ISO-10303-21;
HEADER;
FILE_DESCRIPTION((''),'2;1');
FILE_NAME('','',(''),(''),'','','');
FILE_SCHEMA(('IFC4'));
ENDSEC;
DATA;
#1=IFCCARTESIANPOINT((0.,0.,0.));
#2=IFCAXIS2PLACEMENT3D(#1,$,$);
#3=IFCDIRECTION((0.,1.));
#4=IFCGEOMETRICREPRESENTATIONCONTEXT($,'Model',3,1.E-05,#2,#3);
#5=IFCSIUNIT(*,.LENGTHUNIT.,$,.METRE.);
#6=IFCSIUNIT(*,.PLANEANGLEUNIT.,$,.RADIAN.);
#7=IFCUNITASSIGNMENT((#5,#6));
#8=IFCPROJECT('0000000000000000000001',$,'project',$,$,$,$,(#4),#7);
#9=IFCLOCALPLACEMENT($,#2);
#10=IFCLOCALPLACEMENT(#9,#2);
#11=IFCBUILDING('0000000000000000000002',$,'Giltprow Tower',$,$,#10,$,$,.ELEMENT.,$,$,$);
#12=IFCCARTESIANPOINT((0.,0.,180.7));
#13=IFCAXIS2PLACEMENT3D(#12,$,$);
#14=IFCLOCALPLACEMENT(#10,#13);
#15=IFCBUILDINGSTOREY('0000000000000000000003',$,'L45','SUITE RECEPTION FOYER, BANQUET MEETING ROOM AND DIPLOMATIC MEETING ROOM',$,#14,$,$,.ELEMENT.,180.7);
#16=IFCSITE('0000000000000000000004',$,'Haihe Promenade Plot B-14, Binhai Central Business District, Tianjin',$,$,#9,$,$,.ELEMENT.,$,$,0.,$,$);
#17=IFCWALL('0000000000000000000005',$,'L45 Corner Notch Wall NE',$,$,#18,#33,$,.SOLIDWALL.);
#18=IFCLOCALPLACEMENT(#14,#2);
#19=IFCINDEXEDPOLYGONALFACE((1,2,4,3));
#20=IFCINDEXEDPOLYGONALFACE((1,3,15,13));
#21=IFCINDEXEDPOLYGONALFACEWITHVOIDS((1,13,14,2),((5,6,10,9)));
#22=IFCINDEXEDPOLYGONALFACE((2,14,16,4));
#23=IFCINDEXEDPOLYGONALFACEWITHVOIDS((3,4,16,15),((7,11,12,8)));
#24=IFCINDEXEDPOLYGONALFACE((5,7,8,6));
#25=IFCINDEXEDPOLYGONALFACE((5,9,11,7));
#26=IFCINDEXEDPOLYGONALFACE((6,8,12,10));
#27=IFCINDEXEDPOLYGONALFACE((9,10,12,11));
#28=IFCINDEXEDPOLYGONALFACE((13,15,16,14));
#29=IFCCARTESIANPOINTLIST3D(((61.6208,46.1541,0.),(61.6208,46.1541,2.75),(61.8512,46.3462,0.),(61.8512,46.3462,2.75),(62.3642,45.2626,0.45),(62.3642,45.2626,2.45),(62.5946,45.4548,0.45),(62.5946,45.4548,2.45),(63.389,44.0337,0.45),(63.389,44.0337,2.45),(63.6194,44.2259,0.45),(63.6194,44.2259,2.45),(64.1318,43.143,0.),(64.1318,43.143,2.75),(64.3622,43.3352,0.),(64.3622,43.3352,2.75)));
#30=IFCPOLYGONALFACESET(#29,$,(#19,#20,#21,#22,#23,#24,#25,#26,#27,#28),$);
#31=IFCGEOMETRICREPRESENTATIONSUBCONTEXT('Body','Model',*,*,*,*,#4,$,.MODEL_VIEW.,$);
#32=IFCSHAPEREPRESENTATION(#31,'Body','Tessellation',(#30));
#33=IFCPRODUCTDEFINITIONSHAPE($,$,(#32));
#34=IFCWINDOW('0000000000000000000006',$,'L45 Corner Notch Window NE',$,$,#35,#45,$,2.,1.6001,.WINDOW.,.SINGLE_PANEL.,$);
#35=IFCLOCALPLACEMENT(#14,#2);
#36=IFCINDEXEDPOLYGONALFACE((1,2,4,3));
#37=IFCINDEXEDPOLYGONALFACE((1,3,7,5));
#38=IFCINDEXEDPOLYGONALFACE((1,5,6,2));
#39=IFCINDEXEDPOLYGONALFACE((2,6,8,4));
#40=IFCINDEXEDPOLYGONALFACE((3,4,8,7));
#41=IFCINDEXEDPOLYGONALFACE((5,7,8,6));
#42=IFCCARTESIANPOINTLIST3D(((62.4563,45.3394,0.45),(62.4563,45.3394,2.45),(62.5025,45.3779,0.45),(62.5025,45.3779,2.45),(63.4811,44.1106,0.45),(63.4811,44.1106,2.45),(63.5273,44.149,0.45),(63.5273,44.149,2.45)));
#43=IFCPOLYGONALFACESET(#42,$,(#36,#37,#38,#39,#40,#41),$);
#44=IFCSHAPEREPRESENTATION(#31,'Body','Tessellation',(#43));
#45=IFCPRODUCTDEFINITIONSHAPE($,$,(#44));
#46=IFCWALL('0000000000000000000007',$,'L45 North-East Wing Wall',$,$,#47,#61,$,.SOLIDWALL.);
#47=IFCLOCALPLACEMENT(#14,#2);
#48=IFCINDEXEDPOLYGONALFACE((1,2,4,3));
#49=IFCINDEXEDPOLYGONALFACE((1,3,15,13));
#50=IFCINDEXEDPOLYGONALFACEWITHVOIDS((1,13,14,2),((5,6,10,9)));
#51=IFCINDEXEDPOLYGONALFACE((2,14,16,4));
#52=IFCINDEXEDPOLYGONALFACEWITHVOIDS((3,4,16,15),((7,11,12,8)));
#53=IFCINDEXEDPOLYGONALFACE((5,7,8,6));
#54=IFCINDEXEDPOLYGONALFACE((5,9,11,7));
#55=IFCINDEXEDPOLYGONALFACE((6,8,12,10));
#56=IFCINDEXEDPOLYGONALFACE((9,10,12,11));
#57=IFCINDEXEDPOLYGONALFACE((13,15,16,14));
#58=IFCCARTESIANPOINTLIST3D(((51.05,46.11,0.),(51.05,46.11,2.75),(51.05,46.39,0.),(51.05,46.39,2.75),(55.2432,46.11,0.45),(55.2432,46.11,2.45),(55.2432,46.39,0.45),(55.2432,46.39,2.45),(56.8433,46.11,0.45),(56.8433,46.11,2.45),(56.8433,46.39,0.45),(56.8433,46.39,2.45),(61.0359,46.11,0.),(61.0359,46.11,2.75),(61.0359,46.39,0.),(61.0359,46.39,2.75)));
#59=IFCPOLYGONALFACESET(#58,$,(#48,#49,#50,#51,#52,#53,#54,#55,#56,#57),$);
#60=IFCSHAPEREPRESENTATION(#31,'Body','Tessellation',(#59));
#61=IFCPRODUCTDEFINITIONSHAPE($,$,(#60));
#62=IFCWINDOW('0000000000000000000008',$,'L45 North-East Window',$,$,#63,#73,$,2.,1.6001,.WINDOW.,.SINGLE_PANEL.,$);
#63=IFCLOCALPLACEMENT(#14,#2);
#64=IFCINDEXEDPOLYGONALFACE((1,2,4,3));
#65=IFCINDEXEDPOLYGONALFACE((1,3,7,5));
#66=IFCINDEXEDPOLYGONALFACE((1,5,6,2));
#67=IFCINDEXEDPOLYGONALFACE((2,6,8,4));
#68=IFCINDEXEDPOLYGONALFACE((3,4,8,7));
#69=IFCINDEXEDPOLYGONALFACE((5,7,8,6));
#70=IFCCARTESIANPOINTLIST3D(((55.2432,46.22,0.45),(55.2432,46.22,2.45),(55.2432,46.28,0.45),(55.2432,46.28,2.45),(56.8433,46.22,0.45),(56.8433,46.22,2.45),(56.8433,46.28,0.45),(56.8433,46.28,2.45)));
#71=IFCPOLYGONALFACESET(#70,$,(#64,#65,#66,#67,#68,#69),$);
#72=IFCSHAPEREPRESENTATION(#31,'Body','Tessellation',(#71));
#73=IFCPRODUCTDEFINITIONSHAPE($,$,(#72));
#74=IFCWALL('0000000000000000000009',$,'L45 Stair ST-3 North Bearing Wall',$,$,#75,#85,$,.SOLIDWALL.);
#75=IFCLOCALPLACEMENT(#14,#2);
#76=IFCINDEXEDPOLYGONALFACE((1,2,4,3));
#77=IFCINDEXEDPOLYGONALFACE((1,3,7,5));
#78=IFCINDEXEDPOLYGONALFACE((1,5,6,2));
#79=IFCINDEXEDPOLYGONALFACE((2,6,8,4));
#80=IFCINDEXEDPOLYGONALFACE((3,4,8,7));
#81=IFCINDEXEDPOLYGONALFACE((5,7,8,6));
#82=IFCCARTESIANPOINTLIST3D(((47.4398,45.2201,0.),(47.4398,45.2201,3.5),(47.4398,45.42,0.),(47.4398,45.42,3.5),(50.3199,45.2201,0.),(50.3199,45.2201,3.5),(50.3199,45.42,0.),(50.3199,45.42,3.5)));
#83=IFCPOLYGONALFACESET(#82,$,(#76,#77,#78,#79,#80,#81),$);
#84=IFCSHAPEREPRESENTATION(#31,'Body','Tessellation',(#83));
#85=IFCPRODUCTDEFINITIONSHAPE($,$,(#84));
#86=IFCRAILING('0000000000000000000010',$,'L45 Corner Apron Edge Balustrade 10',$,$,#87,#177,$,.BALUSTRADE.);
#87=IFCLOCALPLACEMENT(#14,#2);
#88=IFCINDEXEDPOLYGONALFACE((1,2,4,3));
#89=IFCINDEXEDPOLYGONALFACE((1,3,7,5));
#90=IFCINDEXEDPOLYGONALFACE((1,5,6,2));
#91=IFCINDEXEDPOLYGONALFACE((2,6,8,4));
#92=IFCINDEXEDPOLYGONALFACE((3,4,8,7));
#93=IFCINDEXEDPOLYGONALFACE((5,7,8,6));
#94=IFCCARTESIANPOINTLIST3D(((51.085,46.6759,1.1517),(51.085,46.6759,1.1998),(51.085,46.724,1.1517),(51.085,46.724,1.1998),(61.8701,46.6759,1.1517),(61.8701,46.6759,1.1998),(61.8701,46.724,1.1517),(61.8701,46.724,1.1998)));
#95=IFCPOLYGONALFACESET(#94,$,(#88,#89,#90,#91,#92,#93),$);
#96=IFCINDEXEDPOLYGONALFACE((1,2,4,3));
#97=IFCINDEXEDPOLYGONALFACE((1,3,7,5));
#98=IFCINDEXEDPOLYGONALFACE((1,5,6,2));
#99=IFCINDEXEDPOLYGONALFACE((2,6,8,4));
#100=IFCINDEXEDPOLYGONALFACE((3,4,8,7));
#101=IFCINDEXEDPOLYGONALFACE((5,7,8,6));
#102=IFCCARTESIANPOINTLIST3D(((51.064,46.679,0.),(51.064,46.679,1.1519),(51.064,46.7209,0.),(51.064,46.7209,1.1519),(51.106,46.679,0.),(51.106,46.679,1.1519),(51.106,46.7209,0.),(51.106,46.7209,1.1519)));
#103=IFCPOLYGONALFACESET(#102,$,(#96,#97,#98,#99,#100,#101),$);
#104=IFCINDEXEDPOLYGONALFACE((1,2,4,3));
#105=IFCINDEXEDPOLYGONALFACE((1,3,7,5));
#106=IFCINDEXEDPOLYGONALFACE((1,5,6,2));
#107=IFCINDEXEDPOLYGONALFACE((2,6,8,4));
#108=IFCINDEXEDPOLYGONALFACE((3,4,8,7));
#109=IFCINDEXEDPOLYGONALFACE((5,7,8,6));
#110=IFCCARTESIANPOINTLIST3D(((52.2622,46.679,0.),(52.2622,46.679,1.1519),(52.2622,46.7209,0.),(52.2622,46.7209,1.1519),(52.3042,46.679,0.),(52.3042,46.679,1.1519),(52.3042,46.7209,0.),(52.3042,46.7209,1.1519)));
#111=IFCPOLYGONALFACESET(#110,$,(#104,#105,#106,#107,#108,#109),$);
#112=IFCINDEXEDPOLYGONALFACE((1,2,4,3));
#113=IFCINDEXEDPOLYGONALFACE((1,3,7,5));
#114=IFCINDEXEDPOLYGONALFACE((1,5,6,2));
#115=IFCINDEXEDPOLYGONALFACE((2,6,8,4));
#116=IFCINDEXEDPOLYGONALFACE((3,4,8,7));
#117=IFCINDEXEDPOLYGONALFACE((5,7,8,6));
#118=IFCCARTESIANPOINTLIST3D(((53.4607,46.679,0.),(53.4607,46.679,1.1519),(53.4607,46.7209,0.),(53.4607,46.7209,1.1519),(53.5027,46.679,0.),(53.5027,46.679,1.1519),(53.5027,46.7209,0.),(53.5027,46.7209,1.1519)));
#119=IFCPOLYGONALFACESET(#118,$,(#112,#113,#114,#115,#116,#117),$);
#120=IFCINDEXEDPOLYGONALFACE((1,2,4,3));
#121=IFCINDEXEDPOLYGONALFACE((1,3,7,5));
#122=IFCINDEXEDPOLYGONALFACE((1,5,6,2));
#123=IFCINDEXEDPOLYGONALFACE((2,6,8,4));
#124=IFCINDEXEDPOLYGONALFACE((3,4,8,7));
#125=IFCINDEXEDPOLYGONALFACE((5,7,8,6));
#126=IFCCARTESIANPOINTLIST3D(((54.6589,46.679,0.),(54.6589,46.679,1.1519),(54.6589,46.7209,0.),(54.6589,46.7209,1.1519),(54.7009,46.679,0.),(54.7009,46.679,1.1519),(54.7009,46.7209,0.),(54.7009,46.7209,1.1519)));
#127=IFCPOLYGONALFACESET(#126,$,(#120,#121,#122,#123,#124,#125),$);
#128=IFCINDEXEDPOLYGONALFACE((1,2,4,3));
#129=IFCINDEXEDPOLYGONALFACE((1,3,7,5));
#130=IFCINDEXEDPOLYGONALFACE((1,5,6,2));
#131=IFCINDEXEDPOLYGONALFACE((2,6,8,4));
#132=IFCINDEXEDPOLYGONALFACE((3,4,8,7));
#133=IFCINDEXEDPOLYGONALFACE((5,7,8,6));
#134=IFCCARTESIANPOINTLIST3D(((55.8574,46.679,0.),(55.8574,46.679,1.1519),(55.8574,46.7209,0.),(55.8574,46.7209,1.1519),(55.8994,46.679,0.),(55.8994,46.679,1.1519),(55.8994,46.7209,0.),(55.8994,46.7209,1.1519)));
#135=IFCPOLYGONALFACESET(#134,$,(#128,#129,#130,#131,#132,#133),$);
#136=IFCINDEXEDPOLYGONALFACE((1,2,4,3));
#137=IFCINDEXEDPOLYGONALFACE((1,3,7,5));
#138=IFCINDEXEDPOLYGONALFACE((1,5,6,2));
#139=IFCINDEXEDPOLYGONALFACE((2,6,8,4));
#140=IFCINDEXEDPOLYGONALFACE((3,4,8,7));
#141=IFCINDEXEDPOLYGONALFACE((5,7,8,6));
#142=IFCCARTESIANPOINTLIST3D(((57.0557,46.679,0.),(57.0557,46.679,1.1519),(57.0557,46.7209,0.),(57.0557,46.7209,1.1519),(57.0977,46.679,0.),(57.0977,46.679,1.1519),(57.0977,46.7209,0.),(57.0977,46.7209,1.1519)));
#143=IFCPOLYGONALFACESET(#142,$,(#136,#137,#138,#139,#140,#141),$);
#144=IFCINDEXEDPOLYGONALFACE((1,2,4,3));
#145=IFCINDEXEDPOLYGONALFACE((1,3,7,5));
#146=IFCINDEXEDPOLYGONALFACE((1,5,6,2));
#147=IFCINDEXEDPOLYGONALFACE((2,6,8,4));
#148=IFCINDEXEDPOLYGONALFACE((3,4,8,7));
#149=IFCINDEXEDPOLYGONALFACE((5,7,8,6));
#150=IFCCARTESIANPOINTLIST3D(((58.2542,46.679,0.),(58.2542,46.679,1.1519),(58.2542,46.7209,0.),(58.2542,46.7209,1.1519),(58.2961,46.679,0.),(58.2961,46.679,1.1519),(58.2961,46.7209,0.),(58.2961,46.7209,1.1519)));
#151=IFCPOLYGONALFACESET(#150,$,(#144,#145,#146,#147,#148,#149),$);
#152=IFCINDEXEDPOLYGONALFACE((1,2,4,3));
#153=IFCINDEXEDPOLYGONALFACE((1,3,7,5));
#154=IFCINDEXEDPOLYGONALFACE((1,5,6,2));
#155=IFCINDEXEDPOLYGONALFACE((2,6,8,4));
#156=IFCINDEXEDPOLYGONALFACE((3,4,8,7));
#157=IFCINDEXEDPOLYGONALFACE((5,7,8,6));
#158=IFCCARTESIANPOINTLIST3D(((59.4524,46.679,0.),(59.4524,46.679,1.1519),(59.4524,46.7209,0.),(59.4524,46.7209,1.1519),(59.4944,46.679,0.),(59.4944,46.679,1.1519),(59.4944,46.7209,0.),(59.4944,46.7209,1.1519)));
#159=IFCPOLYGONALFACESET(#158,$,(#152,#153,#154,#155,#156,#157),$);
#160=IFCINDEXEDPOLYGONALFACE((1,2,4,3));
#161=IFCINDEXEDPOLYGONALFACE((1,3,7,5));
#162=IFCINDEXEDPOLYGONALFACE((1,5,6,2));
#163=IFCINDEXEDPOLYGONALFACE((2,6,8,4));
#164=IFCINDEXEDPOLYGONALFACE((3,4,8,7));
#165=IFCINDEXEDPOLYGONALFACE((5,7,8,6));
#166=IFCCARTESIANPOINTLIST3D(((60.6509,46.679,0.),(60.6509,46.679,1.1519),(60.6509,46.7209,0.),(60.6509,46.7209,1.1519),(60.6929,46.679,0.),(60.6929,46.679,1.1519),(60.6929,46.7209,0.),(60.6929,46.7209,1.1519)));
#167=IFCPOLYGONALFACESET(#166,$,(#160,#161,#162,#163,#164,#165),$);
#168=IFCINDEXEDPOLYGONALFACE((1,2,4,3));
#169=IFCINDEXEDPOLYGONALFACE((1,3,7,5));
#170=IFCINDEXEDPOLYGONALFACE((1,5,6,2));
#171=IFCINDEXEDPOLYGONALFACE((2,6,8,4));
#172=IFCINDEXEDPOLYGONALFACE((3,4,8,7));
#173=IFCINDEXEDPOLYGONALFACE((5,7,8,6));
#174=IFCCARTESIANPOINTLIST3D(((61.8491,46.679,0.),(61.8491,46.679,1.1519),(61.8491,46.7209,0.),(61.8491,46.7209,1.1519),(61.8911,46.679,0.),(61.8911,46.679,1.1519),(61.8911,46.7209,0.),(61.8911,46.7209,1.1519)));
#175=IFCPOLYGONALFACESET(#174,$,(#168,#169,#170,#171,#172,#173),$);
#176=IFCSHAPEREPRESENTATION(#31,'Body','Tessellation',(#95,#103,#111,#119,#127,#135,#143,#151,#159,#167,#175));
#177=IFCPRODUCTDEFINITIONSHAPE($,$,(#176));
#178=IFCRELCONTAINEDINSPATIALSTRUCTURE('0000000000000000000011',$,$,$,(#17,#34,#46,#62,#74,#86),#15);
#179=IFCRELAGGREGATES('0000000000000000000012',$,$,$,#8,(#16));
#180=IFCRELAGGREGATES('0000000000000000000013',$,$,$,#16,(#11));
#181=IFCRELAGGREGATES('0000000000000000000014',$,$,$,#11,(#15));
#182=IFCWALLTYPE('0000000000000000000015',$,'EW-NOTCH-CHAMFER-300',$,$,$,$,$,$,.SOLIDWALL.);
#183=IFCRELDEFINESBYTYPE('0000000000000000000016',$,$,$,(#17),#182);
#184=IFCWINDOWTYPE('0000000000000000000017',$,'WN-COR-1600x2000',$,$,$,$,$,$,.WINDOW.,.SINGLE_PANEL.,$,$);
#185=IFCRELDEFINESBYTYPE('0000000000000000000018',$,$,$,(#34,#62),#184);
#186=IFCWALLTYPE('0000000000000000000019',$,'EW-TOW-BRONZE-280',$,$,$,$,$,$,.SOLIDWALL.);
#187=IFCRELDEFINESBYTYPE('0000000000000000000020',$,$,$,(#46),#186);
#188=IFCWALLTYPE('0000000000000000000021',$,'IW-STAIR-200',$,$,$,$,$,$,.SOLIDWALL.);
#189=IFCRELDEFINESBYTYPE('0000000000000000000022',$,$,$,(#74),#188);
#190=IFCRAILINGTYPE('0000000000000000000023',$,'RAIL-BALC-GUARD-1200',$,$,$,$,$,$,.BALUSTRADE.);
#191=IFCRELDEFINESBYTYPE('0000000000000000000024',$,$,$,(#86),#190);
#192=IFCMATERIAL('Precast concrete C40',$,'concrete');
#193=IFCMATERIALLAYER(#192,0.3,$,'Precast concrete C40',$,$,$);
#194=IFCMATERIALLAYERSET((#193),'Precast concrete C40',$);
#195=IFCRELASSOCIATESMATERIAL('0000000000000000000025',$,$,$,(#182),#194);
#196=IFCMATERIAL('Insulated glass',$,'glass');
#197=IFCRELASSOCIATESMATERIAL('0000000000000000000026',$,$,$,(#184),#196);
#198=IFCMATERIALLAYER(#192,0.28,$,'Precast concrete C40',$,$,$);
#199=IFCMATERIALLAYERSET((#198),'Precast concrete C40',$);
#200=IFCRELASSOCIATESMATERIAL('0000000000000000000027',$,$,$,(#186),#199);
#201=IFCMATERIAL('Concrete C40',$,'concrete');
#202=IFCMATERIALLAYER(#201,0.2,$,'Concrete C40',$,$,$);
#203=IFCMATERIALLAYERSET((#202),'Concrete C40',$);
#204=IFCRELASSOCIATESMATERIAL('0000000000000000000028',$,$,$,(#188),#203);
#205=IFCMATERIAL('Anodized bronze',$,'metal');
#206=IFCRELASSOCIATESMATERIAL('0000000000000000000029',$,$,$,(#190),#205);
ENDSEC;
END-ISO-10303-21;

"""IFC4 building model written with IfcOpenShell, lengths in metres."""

from ifc_helpers import new_model, si_unit, direction, frame, frame_2d, origin, origin_2d, place, context, subcontext, project, spatial, rectangle, extrude, source, transform, mapped, material, layer, layer_set, type_object, element, fill, save


model = new_model("IFC4")

# Units and contexts
model_context = context("Model", 3, precision=1e-05, world=origin(), true_north=direction((0.0, 1.0)))
body_context = subcontext(model_context, "Body", "Model", "MODEL_VIEW")
ifc_project = project(units=[si_unit("LENGTHUNIT", "METRE"), si_unit("PLANEANGLEUNIT", "RADIAN")], contexts=[model_context])

# Site, building, storey
site_placement = place(None, origin())
site = spatial("IfcSite", under=ifc_project, at=site_placement, Name="Haihe Promenade Plot B-14, Binhai Central Business District, Tianjin", CompositionType="ELEMENT", RefElevation=0.0)
building_placement = place(site_placement, origin())
building = spatial("IfcBuilding", under=site, at=building_placement, Name="Giltprow Tower", CompositionType="ELEMENT")
storey_placement = place(building_placement, frame((0.0, 0.0, 180.7)))
storey = spatial("IfcBuildingStorey", under=building, at=storey_placement, Name="L45", Description="SUITE RECEPTION FOYER, BANQUET MEETING ROOM AND DIPLOMATIC MEETING ROOM", CompositionType="ELEMENT", Elevation=180.7)

# Walls, openings, windows
ifc_material_1 = material(Name="Precast concrete C40", Category="concrete")
ifc_layer_1 = layer(ifc_material_1, 0.3, Name="Precast concrete C40")
ifc_layer_set_1 = layer_set([ifc_layer_1], Name="Precast concrete C40")
wall_type_1 = type_object("IfcWallType", Name="EW-NOTCH-CHAMFER-300", PredefinedType="SOLIDWALL", material=ifc_layer_set_1)
wall_1_placement = place(storey_placement, frame((64.2471, 43.239, 0.0), z_axis=(0.0, 0.0, 1.0), x_axis=(-0.64046, 0.767992, 0.0)))
wall_1 = element("IfcWall", 1, at=wall_1_placement, inside=storey, type_object=wall_type_1, Name="L45 Corner Notch Wall NE", PredefinedType="SOLIDWALL", context=body_context, shape_type="SweptSolid", body=[
    extrude(rectangle(XDim=3.9207, YDim=0.3, at=frame_2d((1.9604, 0.0))), origin(), (0.0, 0.0, 1.0), 2.75),
])
opening_1_placement = place(wall_1_placement, frame((1.1599, 0.0, 0.45)))
opening_1 = element("IfcOpeningElement", 2, at=opening_1_placement, cuts=wall_1, PredefinedType="OPENING", context=body_context, shape_type="SweptSolid", body=[
    extrude(rectangle(XDim=1.6001, YDim=2.0, at=frame_2d((0.8, 1.0))), frame((0.0, 0.1599, 0.0), z_axis=(0.0, -1.0, 0.0), x_axis=(1.0, 0.0, 0.0)), (0.0, 0.0, 1.0), 0.3201),
])
ifc_material_2 = material(Name="Insulated glass", Category="glass")
window_type = type_object("IfcWindowType", Name="WN-COR-1600x2000", PartitioningType="SINGLE_PANEL", PredefinedType="WINDOW", material=ifc_material_2)
shared_shape_1 = source(origin(), body_context, "Body", "SweptSolid", [
    extrude(rectangle(XDim=1.6001, YDim=2.0, at=frame_2d((0.8, 1.0))), frame((0.0, 0.03, 0.0), z_axis=(0.0, -1.0, 0.0), x_axis=(1.0, 0.0, 0.0)), (0.0, 0.0, 1.0), 0.0601),
])
window_1_placement = place(opening_1_placement, origin())
window_1 = element("IfcWindow", 3, at=window_1_placement, inside=storey, type_object=window_type, Name="L45 Corner Notch Window NE", OverallHeight=2.0, OverallWidth=1.6001, PartitioningType="SINGLE_PANEL", PredefinedType="WINDOW", context=body_context, shape_type="MappedRepresentation", body=[
    mapped(shared_shape_1, transform((0.0, 0.0, 0.0), x_axis=(1.0, 0.0, 0.0), y_axis=(0.0, 1.0, 0.0), z_axis=(0.0, 0.0, 1.0), scale=1.0)),
])
fill(opening_1, window_1)
ifc_layer_2 = layer(ifc_material_1, 0.28, Name="Precast concrete C40")
ifc_layer_set_2 = layer_set([ifc_layer_2], Name="Precast concrete C40")
wall_type_2 = type_object("IfcWallType", Name="EW-TOW-BRONZE-280", PredefinedType="SOLIDWALL", material=ifc_layer_set_2)
wall_2_placement = place(storey_placement, frame((51.05, 46.25, 0.0), z_axis=(0.0, 0.0, 1.0), x_axis=(1.0, 0.0, 0.0)))
wall_2 = element("IfcWall", 4, at=wall_2_placement, inside=storey, type_object=wall_type_2, Name="L45 North-East Wing Wall", PredefinedType="SOLIDWALL", context=body_context, shape_type="SweptSolid", body=[
    extrude(rectangle(XDim=9.9858, YDim=0.28, at=frame_2d((4.9929, 0.0))), origin(), (0.0, 0.0, 1.0), 2.75),
])
opening_2_placement = place(wall_2_placement, frame((4.1931, 0.0, 0.45)))
opening_2 = element("IfcOpeningElement", 5, at=opening_2_placement, cuts=wall_2, PredefinedType="OPENING", context=body_context, shape_type="SweptSolid", body=[
    extrude(rectangle(XDim=1.6001, YDim=2.0, at=frame_2d((0.8, 1.0))), frame((0.0, 0.1499, 0.0), z_axis=(0.0, -1.0, 0.0), x_axis=(1.0, 0.0, 0.0)), (0.0, 0.0, 1.0), 0.3),
])
window_2_placement = place(opening_2_placement, origin())
window_2 = element("IfcWindow", 6, at=window_2_placement, inside=storey, type_object=window_type, Name="L45 North-East Window", OverallHeight=2.0, OverallWidth=1.6001, PartitioningType="SINGLE_PANEL", PredefinedType="WINDOW", context=body_context, shape_type="MappedRepresentation", body=[
    mapped(shared_shape_1, transform((0.0, 0.0, 0.0), x_axis=(1.0, 0.0, 0.0), y_axis=(0.0, 1.0, 0.0), z_axis=(0.0, 0.0, 1.0), scale=1.0)),
])
fill(opening_2, window_2)

# Wall
ifc_material_3 = material(Name="Concrete C40", Category="concrete")
ifc_layer_3 = layer(ifc_material_3, 0.2, Name="Concrete C40")
ifc_layer_set_3 = layer_set([ifc_layer_3], Name="Concrete C40")
wall_type_3 = type_object("IfcWallType", Name="IW-STAIR-200", PredefinedType="SOLIDWALL", material=ifc_layer_set_3)
wall_3_placement = place(storey_placement, frame((47.4399, 45.3201, 0.0), z_axis=(0.0, 0.0, 1.0), x_axis=(1.0, 0.0, 0.0)))
element("IfcWall", 7, at=wall_3_placement, inside=storey, type_object=wall_type_3, Name="L45 Stair ST-3 North Bearing Wall", PredefinedType="SOLIDWALL", context=body_context, shape_type="SweptSolid", body=[
    extrude(rectangle(XDim=2.8801, YDim=0.2, at=frame_2d((1.4399, 0.0))), origin(), (0.0, 0.0, 1.0), 3.5),
])

# Railing
ifc_material_4 = material(Name="Anodized bronze", Category="metal")
railing_type_1 = type_object("IfcRailingType", Name="RAIL-BALC-GUARD-1200", PredefinedType="BALUSTRADE", material=ifc_material_4)
railing_1_placement = place(storey_placement, frame((51.085, 46.7, 0.0)))
element("IfcRailing", 8, at=railing_1_placement, inside=storey, type_object=railing_type_1, Name="L45 Corner Apron Edge Balustrade 10", PredefinedType="BALUSTRADE", context=body_context, shape_type="SweptSolid", body=[
    extrude(rectangle(XDim=0.0481, YDim=0.0481, at=origin_2d()), frame((0.0, 0.0, 1.1758), z_axis=(1.0, 0.0, 0.0), x_axis=(0.0, 1.0, 0.0)), (0.0, 0.0, 1.0), 10.7852),
    extrude(rectangle(XDim=0.042, YDim=0.042, at=origin_2d()), origin(), (0.0, 0.0, 1.0), 1.1519),
    extrude(rectangle(XDim=0.042, YDim=0.042, at=origin_2d()), frame((1.1982, 0.0, 0.0)), (0.0, 0.0, 1.0), 1.1519),
    extrude(rectangle(XDim=0.042, YDim=0.042, at=origin_2d()), frame((2.3967, 0.0, 0.0)), (0.0, 0.0, 1.0), 1.1519),
    extrude(rectangle(XDim=0.042, YDim=0.042, at=origin_2d()), frame((3.595, 0.0, 0.0)), (0.0, 0.0, 1.0), 1.1519),
    extrude(rectangle(XDim=0.042, YDim=0.042, at=origin_2d()), frame((4.7935, 0.0, 0.0)), (0.0, 0.0, 1.0), 1.1519),
    extrude(rectangle(XDim=0.042, YDim=0.042, at=origin_2d()), frame((5.9917, 0.0, 0.0)), (0.0, 0.0, 1.0), 1.1519),
    extrude(rectangle(XDim=0.042, YDim=0.042, at=origin_2d()), frame((7.1902, 0.0, 0.0)), (0.0, 0.0, 1.0), 1.1519),
    extrude(rectangle(XDim=0.042, YDim=0.042, at=origin_2d()), frame((8.3884, 0.0, 0.0)), (0.0, 0.0, 1.0), 1.1519),
    extrude(rectangle(XDim=0.042, YDim=0.042, at=origin_2d()), frame((9.5869, 0.0, 0.0)), (0.0, 0.0, 1.0), 1.1519),
    extrude(rectangle(XDim=0.042, YDim=0.042, at=origin_2d()), frame((10.7852, 0.0, 0.0)), (0.0, 0.0, 1.0), 1.1519),
])

save(model, "model.ifc")
